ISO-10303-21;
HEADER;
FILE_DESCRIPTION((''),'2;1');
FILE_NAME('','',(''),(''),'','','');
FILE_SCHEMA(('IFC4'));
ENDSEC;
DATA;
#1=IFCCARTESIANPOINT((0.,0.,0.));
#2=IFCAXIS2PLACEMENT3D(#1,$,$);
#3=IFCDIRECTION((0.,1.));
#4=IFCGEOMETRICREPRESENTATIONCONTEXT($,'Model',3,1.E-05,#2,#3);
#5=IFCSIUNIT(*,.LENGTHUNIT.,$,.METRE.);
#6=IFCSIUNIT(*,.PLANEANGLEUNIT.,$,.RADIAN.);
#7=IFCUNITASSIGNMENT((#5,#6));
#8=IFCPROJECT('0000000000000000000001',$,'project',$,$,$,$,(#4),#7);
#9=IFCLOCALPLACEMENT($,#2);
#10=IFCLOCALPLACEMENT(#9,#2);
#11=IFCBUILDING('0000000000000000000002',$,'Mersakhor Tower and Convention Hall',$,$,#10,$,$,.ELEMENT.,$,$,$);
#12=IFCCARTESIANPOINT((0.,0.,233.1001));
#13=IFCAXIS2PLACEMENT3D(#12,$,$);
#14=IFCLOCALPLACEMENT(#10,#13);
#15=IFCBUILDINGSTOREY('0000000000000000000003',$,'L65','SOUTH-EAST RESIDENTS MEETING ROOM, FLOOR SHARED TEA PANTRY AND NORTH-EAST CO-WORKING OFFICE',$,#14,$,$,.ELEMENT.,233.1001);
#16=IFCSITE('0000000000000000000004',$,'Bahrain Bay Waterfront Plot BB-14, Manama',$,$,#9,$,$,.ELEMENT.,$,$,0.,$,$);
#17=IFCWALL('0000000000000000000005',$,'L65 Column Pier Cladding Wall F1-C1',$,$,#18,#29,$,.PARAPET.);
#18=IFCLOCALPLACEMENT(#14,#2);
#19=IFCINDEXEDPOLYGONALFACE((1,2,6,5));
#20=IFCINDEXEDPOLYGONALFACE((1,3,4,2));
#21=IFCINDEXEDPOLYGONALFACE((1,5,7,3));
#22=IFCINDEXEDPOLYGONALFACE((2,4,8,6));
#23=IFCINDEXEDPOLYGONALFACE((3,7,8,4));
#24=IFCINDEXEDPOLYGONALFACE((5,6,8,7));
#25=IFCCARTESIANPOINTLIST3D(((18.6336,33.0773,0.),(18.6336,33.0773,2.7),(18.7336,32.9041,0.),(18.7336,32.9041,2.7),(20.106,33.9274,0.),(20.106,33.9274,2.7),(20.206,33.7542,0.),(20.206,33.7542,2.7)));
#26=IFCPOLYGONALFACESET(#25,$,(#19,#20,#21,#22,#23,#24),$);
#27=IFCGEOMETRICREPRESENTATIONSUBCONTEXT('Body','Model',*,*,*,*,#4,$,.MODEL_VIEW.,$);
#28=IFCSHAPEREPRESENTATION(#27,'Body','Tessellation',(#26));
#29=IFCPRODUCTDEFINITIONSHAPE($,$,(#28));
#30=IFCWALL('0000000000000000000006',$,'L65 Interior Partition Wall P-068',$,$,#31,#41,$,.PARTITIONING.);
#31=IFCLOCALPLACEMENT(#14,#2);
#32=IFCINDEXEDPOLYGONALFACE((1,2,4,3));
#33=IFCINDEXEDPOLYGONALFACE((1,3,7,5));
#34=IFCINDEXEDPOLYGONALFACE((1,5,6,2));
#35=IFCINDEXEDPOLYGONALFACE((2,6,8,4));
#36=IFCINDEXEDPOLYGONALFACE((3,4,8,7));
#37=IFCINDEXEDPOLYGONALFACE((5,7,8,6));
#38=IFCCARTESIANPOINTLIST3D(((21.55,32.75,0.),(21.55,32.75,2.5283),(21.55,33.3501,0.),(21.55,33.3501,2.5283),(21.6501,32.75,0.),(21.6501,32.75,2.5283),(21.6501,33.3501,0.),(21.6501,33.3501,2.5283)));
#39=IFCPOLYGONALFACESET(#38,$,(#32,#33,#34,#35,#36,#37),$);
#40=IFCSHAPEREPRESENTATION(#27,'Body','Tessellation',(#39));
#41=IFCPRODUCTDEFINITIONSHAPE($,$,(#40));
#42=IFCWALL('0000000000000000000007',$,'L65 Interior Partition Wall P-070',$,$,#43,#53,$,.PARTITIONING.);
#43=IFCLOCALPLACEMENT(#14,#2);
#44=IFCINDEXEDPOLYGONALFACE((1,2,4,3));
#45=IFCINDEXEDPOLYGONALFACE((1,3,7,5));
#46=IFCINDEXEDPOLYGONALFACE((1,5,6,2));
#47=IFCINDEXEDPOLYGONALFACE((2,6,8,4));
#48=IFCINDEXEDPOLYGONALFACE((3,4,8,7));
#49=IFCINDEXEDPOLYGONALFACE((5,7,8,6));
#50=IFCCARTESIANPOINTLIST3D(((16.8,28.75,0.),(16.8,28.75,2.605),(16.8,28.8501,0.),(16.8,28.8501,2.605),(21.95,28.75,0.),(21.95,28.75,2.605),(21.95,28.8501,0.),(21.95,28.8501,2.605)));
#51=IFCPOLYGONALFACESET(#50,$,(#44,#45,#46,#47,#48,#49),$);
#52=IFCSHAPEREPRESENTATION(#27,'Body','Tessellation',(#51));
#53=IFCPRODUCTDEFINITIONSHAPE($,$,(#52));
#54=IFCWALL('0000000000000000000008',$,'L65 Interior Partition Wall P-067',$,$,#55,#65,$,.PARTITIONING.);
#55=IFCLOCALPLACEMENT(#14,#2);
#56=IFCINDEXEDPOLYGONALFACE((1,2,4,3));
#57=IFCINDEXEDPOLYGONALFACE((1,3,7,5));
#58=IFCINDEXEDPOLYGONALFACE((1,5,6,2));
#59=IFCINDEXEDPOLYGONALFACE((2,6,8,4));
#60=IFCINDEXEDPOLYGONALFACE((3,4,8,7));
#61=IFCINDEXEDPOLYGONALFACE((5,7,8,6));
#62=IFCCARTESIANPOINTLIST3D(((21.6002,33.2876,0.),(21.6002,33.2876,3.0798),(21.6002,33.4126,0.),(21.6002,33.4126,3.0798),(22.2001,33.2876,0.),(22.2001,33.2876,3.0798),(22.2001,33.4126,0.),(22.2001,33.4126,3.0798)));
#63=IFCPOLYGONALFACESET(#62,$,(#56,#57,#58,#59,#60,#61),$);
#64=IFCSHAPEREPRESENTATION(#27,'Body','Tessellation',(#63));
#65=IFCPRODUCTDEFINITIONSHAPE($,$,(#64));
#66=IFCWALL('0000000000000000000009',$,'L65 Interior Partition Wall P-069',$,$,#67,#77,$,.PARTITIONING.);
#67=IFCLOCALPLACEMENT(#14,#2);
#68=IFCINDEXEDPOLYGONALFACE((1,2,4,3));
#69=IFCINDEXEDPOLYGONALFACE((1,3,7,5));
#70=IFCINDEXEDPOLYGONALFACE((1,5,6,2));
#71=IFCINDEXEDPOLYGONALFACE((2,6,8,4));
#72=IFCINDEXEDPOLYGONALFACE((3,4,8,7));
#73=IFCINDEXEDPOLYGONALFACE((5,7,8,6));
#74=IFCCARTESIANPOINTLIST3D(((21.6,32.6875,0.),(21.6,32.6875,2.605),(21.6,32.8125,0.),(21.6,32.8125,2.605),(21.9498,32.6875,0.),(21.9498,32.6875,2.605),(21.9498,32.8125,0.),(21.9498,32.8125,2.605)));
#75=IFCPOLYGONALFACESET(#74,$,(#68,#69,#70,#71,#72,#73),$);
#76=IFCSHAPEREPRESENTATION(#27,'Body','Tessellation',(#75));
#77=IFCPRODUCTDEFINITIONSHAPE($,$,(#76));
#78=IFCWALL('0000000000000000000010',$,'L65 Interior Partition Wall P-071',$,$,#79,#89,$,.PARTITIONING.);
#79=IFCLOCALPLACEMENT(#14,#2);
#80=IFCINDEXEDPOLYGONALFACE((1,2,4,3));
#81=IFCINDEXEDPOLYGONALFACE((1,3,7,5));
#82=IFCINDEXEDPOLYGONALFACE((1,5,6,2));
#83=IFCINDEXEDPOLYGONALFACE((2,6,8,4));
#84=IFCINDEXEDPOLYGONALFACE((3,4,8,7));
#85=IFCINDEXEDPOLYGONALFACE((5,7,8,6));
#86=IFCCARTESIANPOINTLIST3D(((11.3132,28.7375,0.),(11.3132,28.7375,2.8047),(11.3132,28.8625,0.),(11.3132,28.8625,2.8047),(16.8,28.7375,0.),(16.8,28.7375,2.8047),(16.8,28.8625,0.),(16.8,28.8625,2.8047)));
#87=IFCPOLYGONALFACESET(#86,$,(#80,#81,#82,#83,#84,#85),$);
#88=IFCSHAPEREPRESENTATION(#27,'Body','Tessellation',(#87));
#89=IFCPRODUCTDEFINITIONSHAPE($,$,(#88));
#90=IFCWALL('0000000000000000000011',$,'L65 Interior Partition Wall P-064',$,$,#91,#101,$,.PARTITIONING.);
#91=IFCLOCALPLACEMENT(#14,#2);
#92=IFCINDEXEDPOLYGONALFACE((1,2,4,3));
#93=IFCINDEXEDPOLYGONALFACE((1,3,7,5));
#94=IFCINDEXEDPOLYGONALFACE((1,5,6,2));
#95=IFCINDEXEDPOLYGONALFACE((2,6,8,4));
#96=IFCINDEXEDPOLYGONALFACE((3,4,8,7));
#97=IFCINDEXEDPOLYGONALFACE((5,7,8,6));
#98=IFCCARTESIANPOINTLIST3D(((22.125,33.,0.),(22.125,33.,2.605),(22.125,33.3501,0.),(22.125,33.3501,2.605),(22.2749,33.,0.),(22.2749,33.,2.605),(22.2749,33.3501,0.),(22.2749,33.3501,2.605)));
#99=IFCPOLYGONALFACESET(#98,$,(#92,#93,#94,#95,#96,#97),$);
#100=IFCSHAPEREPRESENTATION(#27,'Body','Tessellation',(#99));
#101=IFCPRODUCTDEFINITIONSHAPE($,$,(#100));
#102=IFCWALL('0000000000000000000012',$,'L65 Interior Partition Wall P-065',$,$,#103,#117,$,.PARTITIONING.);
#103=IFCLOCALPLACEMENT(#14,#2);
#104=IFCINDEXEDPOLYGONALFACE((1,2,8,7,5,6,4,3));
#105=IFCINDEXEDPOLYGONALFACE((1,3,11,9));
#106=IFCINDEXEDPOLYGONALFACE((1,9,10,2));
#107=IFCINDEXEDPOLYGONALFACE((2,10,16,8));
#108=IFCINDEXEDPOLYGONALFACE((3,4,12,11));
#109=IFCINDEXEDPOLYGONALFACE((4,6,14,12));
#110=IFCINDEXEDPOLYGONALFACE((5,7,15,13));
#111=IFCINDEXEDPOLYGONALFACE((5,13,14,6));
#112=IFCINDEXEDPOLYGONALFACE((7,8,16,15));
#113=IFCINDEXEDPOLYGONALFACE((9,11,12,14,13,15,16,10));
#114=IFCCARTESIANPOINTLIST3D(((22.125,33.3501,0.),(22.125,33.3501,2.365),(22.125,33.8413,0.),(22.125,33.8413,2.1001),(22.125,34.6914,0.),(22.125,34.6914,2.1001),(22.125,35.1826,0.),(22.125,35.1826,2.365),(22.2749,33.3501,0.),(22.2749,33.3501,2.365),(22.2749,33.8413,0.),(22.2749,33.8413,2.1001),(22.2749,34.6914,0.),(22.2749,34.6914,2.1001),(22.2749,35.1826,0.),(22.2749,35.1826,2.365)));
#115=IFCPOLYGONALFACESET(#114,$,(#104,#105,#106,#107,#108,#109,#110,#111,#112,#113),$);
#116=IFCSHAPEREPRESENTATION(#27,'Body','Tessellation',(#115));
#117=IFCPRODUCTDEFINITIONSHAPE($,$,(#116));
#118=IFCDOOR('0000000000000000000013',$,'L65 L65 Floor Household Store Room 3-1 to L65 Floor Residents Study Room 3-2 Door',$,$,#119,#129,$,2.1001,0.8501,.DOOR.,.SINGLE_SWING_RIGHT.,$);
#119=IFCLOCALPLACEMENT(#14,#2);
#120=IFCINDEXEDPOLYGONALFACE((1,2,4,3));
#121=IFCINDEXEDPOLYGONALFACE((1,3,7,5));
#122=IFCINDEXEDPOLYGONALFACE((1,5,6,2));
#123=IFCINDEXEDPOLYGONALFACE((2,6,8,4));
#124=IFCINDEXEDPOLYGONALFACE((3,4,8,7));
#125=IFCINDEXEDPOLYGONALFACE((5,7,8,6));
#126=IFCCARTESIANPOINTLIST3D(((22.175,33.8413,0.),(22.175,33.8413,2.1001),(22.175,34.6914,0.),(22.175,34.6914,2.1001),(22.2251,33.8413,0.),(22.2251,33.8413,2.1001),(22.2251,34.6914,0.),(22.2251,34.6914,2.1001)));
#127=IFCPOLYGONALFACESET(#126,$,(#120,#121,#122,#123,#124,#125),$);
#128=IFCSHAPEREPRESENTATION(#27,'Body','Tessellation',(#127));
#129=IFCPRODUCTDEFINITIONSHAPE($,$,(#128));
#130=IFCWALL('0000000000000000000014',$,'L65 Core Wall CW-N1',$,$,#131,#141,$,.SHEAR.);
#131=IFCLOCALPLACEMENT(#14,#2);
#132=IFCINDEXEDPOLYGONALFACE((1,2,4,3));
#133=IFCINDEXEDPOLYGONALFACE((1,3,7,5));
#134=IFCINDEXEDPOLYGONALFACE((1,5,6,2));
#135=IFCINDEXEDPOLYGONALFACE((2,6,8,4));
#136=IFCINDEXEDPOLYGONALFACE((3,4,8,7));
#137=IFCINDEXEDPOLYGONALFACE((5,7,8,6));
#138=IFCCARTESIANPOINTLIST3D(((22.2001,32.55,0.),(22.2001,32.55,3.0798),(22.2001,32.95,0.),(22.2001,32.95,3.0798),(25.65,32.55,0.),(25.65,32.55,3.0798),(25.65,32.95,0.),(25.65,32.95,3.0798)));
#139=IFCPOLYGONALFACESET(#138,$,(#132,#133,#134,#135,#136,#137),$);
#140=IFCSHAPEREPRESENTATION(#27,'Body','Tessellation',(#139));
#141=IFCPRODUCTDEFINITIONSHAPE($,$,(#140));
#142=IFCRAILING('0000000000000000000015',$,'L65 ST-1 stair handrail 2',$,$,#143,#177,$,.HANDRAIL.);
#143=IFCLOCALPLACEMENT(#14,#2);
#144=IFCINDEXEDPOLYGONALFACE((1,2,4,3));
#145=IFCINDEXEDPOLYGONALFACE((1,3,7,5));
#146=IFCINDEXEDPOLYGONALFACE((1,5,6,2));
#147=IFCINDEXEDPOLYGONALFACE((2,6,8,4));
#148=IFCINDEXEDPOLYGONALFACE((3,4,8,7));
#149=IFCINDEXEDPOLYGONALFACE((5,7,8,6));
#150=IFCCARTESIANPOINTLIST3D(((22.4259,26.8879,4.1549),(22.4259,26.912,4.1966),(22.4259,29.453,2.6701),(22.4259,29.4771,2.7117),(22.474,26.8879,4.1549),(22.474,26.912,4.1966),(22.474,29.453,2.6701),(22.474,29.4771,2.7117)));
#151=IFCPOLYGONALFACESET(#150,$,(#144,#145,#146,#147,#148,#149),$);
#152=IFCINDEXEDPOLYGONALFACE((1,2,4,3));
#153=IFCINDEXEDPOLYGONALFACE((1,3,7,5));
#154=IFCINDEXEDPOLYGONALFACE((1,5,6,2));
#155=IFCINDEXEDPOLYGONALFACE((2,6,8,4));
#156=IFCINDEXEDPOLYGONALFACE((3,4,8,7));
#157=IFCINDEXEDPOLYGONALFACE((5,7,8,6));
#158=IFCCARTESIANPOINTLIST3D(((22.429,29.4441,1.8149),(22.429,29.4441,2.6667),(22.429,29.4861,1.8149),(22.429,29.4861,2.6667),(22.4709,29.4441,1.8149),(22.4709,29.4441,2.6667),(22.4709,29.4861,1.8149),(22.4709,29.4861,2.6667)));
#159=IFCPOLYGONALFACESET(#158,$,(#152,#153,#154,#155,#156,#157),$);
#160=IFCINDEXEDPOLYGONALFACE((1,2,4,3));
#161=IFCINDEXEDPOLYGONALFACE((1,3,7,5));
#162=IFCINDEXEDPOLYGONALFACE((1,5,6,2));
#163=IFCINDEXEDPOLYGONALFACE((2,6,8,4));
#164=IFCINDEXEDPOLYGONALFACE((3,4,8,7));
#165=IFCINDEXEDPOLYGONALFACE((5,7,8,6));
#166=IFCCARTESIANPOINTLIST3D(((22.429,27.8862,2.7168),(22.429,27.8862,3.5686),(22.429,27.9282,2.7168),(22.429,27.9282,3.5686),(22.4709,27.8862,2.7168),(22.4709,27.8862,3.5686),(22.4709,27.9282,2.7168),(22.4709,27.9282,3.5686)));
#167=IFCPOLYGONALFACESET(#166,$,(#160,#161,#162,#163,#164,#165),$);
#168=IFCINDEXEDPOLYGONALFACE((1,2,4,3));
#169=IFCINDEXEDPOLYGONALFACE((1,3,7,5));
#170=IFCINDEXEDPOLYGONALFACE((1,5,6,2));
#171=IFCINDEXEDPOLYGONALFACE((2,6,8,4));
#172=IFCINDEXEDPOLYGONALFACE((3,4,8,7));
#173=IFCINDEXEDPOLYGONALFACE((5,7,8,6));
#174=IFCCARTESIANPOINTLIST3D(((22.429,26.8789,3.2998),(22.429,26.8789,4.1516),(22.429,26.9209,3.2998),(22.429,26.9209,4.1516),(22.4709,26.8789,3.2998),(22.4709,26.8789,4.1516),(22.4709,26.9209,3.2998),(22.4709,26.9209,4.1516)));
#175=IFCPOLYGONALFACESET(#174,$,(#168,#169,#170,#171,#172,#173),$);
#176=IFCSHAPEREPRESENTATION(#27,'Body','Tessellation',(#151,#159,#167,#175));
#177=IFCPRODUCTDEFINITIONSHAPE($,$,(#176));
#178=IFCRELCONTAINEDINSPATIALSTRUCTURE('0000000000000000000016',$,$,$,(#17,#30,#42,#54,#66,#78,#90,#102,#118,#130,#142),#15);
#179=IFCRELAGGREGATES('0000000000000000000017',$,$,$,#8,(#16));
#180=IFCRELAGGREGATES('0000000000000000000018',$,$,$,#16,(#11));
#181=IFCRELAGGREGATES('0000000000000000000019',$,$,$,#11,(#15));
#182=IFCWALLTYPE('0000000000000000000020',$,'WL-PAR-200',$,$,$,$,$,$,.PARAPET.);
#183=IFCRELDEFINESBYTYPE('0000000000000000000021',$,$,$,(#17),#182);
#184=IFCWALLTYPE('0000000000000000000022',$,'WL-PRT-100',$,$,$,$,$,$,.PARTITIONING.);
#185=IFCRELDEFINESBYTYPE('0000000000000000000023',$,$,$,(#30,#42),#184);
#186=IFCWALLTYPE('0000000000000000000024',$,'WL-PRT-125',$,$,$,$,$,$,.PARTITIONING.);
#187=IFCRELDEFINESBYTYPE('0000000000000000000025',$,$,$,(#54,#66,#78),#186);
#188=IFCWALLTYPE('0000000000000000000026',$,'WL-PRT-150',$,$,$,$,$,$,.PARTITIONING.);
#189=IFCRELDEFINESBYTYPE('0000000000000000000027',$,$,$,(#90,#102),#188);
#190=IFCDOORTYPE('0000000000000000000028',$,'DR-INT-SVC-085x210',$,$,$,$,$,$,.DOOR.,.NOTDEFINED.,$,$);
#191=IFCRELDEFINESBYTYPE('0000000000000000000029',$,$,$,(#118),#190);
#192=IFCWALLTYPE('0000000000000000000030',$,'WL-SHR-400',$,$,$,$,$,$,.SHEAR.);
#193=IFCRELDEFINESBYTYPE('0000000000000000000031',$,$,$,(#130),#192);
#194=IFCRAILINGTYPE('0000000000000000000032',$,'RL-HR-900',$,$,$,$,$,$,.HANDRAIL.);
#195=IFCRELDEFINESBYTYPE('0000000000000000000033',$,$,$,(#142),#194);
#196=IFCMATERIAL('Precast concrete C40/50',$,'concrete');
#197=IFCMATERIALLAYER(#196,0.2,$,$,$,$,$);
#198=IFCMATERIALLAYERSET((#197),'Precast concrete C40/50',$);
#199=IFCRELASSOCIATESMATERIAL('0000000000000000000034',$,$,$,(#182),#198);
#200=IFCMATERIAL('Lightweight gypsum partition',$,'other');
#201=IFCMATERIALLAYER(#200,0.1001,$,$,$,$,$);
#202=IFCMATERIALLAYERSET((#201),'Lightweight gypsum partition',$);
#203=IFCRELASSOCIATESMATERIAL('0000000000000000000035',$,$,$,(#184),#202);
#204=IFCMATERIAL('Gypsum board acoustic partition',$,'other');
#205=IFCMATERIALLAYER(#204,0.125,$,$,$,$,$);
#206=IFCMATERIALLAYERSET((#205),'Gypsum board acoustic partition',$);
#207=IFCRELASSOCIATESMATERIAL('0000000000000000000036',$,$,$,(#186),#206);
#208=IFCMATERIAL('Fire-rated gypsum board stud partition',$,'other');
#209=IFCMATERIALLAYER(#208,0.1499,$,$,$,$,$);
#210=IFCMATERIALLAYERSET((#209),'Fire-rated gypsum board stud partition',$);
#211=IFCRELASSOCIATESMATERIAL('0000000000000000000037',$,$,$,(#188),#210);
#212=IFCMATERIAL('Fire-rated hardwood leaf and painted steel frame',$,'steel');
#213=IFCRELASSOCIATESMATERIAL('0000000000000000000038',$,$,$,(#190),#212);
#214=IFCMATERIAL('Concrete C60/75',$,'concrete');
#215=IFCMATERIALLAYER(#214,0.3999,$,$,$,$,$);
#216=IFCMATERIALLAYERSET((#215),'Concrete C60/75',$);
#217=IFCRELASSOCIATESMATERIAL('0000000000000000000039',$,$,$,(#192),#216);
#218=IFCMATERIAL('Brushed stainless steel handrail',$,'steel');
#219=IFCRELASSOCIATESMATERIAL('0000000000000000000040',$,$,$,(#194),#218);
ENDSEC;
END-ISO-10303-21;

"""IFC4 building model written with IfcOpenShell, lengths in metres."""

from ifc_helpers import new_model, si_unit, direction, frame, frame_2d, origin, origin_2d, place, context, subcontext, project, spatial, rectangle, extrude, material, layer, layer_set, type_object, element, fill, save


model = new_model("IFC4")

# Units and contexts
model_context = context("Model", 3, precision=1e-05, world=origin(), true_north=direction((0.0, 1.0)))
body_context = subcontext(model_context, "Body", "Model", "MODEL_VIEW")
ifc_project = project(units=[si_unit("LENGTHUNIT", "METRE"), si_unit("PLANEANGLEUNIT", "RADIAN")], contexts=[model_context])

# Site, building, storey
site_placement = place(None, origin())
site = spatial("IfcSite", under=ifc_project, at=site_placement, Name="Bahrain Bay Waterfront Plot BB-14, Manama", CompositionType="ELEMENT", RefElevation=0.0)
building_placement = place(site_placement, origin())
building = spatial("IfcBuilding", under=site, at=building_placement, Name="Mersakhor Tower and Convention Hall", CompositionType="ELEMENT")
storey_placement = place(building_placement, frame((0.0, 0.0, 233.1001)))
storey = spatial("IfcBuildingStorey", under=building, at=storey_placement, Name="L65", Description="SOUTH-EAST RESIDENTS MEETING ROOM, FLOOR SHARED TEA PANTRY AND NORTH-EAST CO-WORKING OFFICE", CompositionType="ELEMENT", Elevation=233.1001)

# Walls
ifc_material_1 = material(Name="Precast concrete C40/50", Category="concrete")
ifc_layer_1 = layer(ifc_material_1, 0.2)
ifc_layer_set_1 = layer_set([ifc_layer_1], Name="Precast concrete C40/50")
wall_type_1 = type_object("IfcWallType", Name="WL-PAR-200", PredefinedType="PARAPET", material=ifc_layer_set_1)
wall_1_placement = place(storey_placement, frame((18.6836, 32.9907, 0.0), z_axis=(0.0, 0.0, 1.0), x_axis=(0.866025, 0.5, 0.0)))
element("IfcWall", 1, at=wall_1_placement, inside=storey, type_object=wall_type_1, Name="L65 Column Pier Cladding Wall F1-C1", PredefinedType="PARAPET", context=body_context, shape_type="SweptSolid", body=[
    extrude(rectangle(XDim=1.7002, YDim=0.2, at=frame_2d((0.8501, 0.0))), origin(), (0.0, 0.0, 1.0), 2.7),
])
ifc_material_2 = material(Name="Lightweight gypsum partition", Category="other")
ifc_layer_2 = layer(ifc_material_2, 0.1001)
ifc_layer_set_2 = layer_set([ifc_layer_2], Name="Lightweight gypsum partition")
wall_type_2 = type_object("IfcWallType", Name="WL-PRT-100", PredefinedType="PARTITIONING", material=ifc_layer_set_2)
wall_2_placement = place(storey_placement, frame((21.6001, 33.3501, 0.0), z_axis=(0.0, 0.0, 1.0), x_axis=(0.0, -1.0, 0.0)))
element("IfcWall", 2, at=wall_2_placement, inside=storey, type_object=wall_type_2, Name="L65 Interior Partition Wall P-068", PredefinedType="PARTITIONING", context=body_context, shape_type="SweptSolid", body=[
    extrude(rectangle(XDim=0.6001, YDim=0.1001, at=frame_2d((0.3, 0.0))), origin(), (0.0, 0.0, 1.0), 2.5283),
])
wall_3_placement = place(storey_placement, frame((21.95, 28.8, 0.0), z_axis=(0.0, 0.0, 1.0), x_axis=(-1.0, 0.0, 0.0)))
element("IfcWall", 3, at=wall_3_placement, inside=storey, type_object=wall_type_2, Name="L65 Interior Partition Wall P-070", PredefinedType="PARTITIONING", context=body_context, shape_type="SweptSolid", body=[
    extrude(rectangle(XDim=5.1499, YDim=0.1001, at=frame_2d((2.575, 0.0))), origin(), (0.0, 0.0, 1.0), 2.605),
])
ifc_material_3 = material(Name="Gypsum board acoustic partition", Category="other")
ifc_layer_3 = layer(ifc_material_3, 0.125)
ifc_layer_set_3 = layer_set([ifc_layer_3], Name="Gypsum board acoustic partition")
wall_type_3 = type_object("IfcWallType", Name="WL-PRT-125", PredefinedType="PARTITIONING", material=ifc_layer_set_3)
wall_4_placement = place(storey_placement, frame((22.2, 33.3501, 0.0), z_axis=(0.0, 0.0, 1.0), x_axis=(-1.0, 0.0, 0.0)))
element("IfcWall", 4, at=wall_4_placement, inside=storey, type_object=wall_type_3, Name="L65 Interior Partition Wall P-067", PredefinedType="PARTITIONING", context=body_context, shape_type="SweptSolid", body=[
    extrude(rectangle(XDim=0.5999, YDim=0.125, at=frame_2d((0.2998, 0.0))), origin(), (0.0, 0.0, 1.0), 3.0798),
])
wall_5_placement = place(storey_placement, frame((21.6001, 32.75, 0.0), z_axis=(0.0, 0.0, 1.0), x_axis=(1.0, 0.0, 0.0)))
element("IfcWall", 5, at=wall_5_placement, inside=storey, type_object=wall_type_3, Name="L65 Interior Partition Wall P-069", PredefinedType="PARTITIONING", context=body_context, shape_type="SweptSolid", body=[
    extrude(rectangle(XDim=0.3499, YDim=0.125, at=frame_2d((0.1748, 0.0))), origin(), (0.0, 0.0, 1.0), 2.605),
])
wall_6_placement = place(storey_placement, frame((16.8, 28.8, 0.0), z_axis=(0.0, 0.0, 1.0), x_axis=(-1.0, 0.0, 0.0)))
element("IfcWall", 6, at=wall_6_placement, inside=storey, type_object=wall_type_3, Name="L65 Interior Partition Wall P-071", PredefinedType="PARTITIONING", context=body_context, shape_type="SweptSolid", body=[
    extrude(rectangle(XDim=5.4868, YDim=0.125, at=frame_2d((2.7434, 0.0))), origin(), (0.0, 0.0, 1.0), 2.8047),
])
ifc_material_4 = material(Name="Fire-rated gypsum board stud partition", Category="other")
ifc_layer_4 = layer(ifc_material_4, 0.1499)
ifc_layer_set_4 = layer_set([ifc_layer_4], Name="Fire-rated gypsum board stud partition")
wall_type_4 = type_object("IfcWallType", Name="WL-PRT-150", PredefinedType="PARTITIONING", material=ifc_layer_set_4)
wall_7_placement = place(storey_placement, frame((22.2, 33.0, 0.0), z_axis=(0.0, 0.0, 1.0), x_axis=(0.0, 1.0, 0.0)))
element("IfcWall", 7, at=wall_7_placement, inside=storey, type_object=wall_type_4, Name="L65 Interior Partition Wall P-064", PredefinedType="PARTITIONING", context=body_context, shape_type="SweptSolid", body=[
    extrude(rectangle(XDim=0.3501, YDim=0.1499, at=frame_2d((0.175, 0.0))), origin(), (0.0, 0.0, 1.0), 2.605),
])

# Wall, opening, door
wall_8_placement = place(storey_placement, frame((22.2, 33.3501, 0.0), z_axis=(0.0, 0.0, 1.0), x_axis=(0.0, 1.0, 0.0)))
wall_8 = element("IfcWall", 8, at=wall_8_placement, inside=storey, type_object=wall_type_4, Name="L65 Interior Partition Wall P-065", PredefinedType="PARTITIONING", context=body_context, shape_type="SweptSolid", body=[
    extrude(rectangle(XDim=1.8325, YDim=0.1499, at=frame_2d((0.9163, 0.0))), origin(), (0.0, 0.0, 1.0), 2.365),
])
opening_1_placement = place(wall_8_placement, frame((0.4912, 0.0, 0.0)))
opening_1 = element("IfcOpeningElement", 9, at=opening_1_placement, cuts=wall_8, PredefinedType="OPENING", context=body_context, shape_type="SweptSolid", body=[
    extrude(rectangle(XDim=0.8501, YDim=2.1001, at=frame_2d((0.425, 1.05))), frame((0.0, 0.085, 0.0), z_axis=(0.0, -1.0, 0.0), x_axis=(1.0, 0.0, 0.0)), (0.0, 0.0, 1.0), 0.1699),
])
ifc_material_5 = material(Name="Fire-rated hardwood leaf and painted steel frame", Category="steel")
door_type_1 = type_object("IfcDoorType", Name="DR-INT-SVC-085x210", OperationType="NOTDEFINED", PredefinedType="DOOR", material=ifc_material_5)
door_1_placement = place(opening_1_placement, origin())
door_1 = element("IfcDoor", 10, at=door_1_placement, inside=storey, type_object=door_type_1, Name="L65 L65 Floor Household Store Room 3-1 to L65 Floor Residents Study Room 3-2 Door", OperationType="SINGLE_SWING_RIGHT", OverallHeight=2.1001, OverallWidth=0.8501, PredefinedType="DOOR", context=body_context, shape_type="SweptSolid", body=[
    extrude(rectangle(XDim=0.8501, YDim=2.1001, at=frame_2d((0.425, 1.05))), frame((0.0, 0.0249, 0.0), z_axis=(0.0, -1.0, 0.0), x_axis=(1.0, 0.0, 0.0)), (0.0, 0.0, 1.0), 0.05),
])
fill(opening_1, door_1)

# Wall
ifc_material_6 = material(Name="Concrete C60/75", Category="concrete")
ifc_layer_5 = layer(ifc_material_6, 0.3999)
ifc_layer_set_5 = layer_set([ifc_layer_5], Name="Concrete C60/75")
wall_type_5 = type_object("IfcWallType", Name="WL-SHR-400", PredefinedType="SHEAR", material=ifc_layer_set_5)
wall_9_placement = place(storey_placement, frame((22.2, 32.75, 0.0), z_axis=(0.0, 0.0, 1.0), x_axis=(1.0, 0.0, 0.0)))
element("IfcWall", 11, at=wall_9_placement, inside=storey, type_object=wall_type_5, Name="L65 Core Wall CW-N1", PredefinedType="SHEAR", context=body_context, shape_type="SweptSolid", body=[
    extrude(rectangle(XDim=3.45, YDim=0.3999, at=frame_2d((1.7251, 0.0))), origin(), (0.0, 0.0, 1.0), 3.0798),
])

# Railing
ifc_material_7 = material(Name="Brushed stainless steel handrail", Category="steel")
railing_type = type_object("IfcRailingType", Name="RL-HR-900", PredefinedType="HANDRAIL", material=ifc_material_7)
railing_placement = place(storey_placement, frame((22.45, 29.4651, 1.8149)))
element("IfcRailing", 12, at=railing_placement, inside=storey, type_object=railing_type, Name="L65 ST-1 stair handrail 2", PredefinedType="HANDRAIL", context=body_context, shape_type="SweptSolid", body=[
    extrude(rectangle(XDim=0.0481, YDim=0.0481, at=origin_2d()), frame((0.0, 0.0, 0.876), z_axis=(0.0, -0.865462, 0.500975), x_axis=(1.0, 0.0, 0.0)), (0.0, 0.0, 1.0), 2.9639),
    extrude(rectangle(XDim=0.042, YDim=0.042, at=origin_2d()), origin(), (0.0, 0.0, 1.0), 0.8518),
    extrude(rectangle(XDim=0.042, YDim=0.042, at=origin_2d()), frame((0.0, -1.5579, 0.9019)), (0.0, 0.0, 1.0), 0.8518),
    extrude(rectangle(XDim=0.042, YDim=0.042, at=origin_2d()), frame((0.0, -2.5652, 1.4849)), (0.0, 0.0, 1.0), 0.8518),
])

save(model, "model.ifc")
